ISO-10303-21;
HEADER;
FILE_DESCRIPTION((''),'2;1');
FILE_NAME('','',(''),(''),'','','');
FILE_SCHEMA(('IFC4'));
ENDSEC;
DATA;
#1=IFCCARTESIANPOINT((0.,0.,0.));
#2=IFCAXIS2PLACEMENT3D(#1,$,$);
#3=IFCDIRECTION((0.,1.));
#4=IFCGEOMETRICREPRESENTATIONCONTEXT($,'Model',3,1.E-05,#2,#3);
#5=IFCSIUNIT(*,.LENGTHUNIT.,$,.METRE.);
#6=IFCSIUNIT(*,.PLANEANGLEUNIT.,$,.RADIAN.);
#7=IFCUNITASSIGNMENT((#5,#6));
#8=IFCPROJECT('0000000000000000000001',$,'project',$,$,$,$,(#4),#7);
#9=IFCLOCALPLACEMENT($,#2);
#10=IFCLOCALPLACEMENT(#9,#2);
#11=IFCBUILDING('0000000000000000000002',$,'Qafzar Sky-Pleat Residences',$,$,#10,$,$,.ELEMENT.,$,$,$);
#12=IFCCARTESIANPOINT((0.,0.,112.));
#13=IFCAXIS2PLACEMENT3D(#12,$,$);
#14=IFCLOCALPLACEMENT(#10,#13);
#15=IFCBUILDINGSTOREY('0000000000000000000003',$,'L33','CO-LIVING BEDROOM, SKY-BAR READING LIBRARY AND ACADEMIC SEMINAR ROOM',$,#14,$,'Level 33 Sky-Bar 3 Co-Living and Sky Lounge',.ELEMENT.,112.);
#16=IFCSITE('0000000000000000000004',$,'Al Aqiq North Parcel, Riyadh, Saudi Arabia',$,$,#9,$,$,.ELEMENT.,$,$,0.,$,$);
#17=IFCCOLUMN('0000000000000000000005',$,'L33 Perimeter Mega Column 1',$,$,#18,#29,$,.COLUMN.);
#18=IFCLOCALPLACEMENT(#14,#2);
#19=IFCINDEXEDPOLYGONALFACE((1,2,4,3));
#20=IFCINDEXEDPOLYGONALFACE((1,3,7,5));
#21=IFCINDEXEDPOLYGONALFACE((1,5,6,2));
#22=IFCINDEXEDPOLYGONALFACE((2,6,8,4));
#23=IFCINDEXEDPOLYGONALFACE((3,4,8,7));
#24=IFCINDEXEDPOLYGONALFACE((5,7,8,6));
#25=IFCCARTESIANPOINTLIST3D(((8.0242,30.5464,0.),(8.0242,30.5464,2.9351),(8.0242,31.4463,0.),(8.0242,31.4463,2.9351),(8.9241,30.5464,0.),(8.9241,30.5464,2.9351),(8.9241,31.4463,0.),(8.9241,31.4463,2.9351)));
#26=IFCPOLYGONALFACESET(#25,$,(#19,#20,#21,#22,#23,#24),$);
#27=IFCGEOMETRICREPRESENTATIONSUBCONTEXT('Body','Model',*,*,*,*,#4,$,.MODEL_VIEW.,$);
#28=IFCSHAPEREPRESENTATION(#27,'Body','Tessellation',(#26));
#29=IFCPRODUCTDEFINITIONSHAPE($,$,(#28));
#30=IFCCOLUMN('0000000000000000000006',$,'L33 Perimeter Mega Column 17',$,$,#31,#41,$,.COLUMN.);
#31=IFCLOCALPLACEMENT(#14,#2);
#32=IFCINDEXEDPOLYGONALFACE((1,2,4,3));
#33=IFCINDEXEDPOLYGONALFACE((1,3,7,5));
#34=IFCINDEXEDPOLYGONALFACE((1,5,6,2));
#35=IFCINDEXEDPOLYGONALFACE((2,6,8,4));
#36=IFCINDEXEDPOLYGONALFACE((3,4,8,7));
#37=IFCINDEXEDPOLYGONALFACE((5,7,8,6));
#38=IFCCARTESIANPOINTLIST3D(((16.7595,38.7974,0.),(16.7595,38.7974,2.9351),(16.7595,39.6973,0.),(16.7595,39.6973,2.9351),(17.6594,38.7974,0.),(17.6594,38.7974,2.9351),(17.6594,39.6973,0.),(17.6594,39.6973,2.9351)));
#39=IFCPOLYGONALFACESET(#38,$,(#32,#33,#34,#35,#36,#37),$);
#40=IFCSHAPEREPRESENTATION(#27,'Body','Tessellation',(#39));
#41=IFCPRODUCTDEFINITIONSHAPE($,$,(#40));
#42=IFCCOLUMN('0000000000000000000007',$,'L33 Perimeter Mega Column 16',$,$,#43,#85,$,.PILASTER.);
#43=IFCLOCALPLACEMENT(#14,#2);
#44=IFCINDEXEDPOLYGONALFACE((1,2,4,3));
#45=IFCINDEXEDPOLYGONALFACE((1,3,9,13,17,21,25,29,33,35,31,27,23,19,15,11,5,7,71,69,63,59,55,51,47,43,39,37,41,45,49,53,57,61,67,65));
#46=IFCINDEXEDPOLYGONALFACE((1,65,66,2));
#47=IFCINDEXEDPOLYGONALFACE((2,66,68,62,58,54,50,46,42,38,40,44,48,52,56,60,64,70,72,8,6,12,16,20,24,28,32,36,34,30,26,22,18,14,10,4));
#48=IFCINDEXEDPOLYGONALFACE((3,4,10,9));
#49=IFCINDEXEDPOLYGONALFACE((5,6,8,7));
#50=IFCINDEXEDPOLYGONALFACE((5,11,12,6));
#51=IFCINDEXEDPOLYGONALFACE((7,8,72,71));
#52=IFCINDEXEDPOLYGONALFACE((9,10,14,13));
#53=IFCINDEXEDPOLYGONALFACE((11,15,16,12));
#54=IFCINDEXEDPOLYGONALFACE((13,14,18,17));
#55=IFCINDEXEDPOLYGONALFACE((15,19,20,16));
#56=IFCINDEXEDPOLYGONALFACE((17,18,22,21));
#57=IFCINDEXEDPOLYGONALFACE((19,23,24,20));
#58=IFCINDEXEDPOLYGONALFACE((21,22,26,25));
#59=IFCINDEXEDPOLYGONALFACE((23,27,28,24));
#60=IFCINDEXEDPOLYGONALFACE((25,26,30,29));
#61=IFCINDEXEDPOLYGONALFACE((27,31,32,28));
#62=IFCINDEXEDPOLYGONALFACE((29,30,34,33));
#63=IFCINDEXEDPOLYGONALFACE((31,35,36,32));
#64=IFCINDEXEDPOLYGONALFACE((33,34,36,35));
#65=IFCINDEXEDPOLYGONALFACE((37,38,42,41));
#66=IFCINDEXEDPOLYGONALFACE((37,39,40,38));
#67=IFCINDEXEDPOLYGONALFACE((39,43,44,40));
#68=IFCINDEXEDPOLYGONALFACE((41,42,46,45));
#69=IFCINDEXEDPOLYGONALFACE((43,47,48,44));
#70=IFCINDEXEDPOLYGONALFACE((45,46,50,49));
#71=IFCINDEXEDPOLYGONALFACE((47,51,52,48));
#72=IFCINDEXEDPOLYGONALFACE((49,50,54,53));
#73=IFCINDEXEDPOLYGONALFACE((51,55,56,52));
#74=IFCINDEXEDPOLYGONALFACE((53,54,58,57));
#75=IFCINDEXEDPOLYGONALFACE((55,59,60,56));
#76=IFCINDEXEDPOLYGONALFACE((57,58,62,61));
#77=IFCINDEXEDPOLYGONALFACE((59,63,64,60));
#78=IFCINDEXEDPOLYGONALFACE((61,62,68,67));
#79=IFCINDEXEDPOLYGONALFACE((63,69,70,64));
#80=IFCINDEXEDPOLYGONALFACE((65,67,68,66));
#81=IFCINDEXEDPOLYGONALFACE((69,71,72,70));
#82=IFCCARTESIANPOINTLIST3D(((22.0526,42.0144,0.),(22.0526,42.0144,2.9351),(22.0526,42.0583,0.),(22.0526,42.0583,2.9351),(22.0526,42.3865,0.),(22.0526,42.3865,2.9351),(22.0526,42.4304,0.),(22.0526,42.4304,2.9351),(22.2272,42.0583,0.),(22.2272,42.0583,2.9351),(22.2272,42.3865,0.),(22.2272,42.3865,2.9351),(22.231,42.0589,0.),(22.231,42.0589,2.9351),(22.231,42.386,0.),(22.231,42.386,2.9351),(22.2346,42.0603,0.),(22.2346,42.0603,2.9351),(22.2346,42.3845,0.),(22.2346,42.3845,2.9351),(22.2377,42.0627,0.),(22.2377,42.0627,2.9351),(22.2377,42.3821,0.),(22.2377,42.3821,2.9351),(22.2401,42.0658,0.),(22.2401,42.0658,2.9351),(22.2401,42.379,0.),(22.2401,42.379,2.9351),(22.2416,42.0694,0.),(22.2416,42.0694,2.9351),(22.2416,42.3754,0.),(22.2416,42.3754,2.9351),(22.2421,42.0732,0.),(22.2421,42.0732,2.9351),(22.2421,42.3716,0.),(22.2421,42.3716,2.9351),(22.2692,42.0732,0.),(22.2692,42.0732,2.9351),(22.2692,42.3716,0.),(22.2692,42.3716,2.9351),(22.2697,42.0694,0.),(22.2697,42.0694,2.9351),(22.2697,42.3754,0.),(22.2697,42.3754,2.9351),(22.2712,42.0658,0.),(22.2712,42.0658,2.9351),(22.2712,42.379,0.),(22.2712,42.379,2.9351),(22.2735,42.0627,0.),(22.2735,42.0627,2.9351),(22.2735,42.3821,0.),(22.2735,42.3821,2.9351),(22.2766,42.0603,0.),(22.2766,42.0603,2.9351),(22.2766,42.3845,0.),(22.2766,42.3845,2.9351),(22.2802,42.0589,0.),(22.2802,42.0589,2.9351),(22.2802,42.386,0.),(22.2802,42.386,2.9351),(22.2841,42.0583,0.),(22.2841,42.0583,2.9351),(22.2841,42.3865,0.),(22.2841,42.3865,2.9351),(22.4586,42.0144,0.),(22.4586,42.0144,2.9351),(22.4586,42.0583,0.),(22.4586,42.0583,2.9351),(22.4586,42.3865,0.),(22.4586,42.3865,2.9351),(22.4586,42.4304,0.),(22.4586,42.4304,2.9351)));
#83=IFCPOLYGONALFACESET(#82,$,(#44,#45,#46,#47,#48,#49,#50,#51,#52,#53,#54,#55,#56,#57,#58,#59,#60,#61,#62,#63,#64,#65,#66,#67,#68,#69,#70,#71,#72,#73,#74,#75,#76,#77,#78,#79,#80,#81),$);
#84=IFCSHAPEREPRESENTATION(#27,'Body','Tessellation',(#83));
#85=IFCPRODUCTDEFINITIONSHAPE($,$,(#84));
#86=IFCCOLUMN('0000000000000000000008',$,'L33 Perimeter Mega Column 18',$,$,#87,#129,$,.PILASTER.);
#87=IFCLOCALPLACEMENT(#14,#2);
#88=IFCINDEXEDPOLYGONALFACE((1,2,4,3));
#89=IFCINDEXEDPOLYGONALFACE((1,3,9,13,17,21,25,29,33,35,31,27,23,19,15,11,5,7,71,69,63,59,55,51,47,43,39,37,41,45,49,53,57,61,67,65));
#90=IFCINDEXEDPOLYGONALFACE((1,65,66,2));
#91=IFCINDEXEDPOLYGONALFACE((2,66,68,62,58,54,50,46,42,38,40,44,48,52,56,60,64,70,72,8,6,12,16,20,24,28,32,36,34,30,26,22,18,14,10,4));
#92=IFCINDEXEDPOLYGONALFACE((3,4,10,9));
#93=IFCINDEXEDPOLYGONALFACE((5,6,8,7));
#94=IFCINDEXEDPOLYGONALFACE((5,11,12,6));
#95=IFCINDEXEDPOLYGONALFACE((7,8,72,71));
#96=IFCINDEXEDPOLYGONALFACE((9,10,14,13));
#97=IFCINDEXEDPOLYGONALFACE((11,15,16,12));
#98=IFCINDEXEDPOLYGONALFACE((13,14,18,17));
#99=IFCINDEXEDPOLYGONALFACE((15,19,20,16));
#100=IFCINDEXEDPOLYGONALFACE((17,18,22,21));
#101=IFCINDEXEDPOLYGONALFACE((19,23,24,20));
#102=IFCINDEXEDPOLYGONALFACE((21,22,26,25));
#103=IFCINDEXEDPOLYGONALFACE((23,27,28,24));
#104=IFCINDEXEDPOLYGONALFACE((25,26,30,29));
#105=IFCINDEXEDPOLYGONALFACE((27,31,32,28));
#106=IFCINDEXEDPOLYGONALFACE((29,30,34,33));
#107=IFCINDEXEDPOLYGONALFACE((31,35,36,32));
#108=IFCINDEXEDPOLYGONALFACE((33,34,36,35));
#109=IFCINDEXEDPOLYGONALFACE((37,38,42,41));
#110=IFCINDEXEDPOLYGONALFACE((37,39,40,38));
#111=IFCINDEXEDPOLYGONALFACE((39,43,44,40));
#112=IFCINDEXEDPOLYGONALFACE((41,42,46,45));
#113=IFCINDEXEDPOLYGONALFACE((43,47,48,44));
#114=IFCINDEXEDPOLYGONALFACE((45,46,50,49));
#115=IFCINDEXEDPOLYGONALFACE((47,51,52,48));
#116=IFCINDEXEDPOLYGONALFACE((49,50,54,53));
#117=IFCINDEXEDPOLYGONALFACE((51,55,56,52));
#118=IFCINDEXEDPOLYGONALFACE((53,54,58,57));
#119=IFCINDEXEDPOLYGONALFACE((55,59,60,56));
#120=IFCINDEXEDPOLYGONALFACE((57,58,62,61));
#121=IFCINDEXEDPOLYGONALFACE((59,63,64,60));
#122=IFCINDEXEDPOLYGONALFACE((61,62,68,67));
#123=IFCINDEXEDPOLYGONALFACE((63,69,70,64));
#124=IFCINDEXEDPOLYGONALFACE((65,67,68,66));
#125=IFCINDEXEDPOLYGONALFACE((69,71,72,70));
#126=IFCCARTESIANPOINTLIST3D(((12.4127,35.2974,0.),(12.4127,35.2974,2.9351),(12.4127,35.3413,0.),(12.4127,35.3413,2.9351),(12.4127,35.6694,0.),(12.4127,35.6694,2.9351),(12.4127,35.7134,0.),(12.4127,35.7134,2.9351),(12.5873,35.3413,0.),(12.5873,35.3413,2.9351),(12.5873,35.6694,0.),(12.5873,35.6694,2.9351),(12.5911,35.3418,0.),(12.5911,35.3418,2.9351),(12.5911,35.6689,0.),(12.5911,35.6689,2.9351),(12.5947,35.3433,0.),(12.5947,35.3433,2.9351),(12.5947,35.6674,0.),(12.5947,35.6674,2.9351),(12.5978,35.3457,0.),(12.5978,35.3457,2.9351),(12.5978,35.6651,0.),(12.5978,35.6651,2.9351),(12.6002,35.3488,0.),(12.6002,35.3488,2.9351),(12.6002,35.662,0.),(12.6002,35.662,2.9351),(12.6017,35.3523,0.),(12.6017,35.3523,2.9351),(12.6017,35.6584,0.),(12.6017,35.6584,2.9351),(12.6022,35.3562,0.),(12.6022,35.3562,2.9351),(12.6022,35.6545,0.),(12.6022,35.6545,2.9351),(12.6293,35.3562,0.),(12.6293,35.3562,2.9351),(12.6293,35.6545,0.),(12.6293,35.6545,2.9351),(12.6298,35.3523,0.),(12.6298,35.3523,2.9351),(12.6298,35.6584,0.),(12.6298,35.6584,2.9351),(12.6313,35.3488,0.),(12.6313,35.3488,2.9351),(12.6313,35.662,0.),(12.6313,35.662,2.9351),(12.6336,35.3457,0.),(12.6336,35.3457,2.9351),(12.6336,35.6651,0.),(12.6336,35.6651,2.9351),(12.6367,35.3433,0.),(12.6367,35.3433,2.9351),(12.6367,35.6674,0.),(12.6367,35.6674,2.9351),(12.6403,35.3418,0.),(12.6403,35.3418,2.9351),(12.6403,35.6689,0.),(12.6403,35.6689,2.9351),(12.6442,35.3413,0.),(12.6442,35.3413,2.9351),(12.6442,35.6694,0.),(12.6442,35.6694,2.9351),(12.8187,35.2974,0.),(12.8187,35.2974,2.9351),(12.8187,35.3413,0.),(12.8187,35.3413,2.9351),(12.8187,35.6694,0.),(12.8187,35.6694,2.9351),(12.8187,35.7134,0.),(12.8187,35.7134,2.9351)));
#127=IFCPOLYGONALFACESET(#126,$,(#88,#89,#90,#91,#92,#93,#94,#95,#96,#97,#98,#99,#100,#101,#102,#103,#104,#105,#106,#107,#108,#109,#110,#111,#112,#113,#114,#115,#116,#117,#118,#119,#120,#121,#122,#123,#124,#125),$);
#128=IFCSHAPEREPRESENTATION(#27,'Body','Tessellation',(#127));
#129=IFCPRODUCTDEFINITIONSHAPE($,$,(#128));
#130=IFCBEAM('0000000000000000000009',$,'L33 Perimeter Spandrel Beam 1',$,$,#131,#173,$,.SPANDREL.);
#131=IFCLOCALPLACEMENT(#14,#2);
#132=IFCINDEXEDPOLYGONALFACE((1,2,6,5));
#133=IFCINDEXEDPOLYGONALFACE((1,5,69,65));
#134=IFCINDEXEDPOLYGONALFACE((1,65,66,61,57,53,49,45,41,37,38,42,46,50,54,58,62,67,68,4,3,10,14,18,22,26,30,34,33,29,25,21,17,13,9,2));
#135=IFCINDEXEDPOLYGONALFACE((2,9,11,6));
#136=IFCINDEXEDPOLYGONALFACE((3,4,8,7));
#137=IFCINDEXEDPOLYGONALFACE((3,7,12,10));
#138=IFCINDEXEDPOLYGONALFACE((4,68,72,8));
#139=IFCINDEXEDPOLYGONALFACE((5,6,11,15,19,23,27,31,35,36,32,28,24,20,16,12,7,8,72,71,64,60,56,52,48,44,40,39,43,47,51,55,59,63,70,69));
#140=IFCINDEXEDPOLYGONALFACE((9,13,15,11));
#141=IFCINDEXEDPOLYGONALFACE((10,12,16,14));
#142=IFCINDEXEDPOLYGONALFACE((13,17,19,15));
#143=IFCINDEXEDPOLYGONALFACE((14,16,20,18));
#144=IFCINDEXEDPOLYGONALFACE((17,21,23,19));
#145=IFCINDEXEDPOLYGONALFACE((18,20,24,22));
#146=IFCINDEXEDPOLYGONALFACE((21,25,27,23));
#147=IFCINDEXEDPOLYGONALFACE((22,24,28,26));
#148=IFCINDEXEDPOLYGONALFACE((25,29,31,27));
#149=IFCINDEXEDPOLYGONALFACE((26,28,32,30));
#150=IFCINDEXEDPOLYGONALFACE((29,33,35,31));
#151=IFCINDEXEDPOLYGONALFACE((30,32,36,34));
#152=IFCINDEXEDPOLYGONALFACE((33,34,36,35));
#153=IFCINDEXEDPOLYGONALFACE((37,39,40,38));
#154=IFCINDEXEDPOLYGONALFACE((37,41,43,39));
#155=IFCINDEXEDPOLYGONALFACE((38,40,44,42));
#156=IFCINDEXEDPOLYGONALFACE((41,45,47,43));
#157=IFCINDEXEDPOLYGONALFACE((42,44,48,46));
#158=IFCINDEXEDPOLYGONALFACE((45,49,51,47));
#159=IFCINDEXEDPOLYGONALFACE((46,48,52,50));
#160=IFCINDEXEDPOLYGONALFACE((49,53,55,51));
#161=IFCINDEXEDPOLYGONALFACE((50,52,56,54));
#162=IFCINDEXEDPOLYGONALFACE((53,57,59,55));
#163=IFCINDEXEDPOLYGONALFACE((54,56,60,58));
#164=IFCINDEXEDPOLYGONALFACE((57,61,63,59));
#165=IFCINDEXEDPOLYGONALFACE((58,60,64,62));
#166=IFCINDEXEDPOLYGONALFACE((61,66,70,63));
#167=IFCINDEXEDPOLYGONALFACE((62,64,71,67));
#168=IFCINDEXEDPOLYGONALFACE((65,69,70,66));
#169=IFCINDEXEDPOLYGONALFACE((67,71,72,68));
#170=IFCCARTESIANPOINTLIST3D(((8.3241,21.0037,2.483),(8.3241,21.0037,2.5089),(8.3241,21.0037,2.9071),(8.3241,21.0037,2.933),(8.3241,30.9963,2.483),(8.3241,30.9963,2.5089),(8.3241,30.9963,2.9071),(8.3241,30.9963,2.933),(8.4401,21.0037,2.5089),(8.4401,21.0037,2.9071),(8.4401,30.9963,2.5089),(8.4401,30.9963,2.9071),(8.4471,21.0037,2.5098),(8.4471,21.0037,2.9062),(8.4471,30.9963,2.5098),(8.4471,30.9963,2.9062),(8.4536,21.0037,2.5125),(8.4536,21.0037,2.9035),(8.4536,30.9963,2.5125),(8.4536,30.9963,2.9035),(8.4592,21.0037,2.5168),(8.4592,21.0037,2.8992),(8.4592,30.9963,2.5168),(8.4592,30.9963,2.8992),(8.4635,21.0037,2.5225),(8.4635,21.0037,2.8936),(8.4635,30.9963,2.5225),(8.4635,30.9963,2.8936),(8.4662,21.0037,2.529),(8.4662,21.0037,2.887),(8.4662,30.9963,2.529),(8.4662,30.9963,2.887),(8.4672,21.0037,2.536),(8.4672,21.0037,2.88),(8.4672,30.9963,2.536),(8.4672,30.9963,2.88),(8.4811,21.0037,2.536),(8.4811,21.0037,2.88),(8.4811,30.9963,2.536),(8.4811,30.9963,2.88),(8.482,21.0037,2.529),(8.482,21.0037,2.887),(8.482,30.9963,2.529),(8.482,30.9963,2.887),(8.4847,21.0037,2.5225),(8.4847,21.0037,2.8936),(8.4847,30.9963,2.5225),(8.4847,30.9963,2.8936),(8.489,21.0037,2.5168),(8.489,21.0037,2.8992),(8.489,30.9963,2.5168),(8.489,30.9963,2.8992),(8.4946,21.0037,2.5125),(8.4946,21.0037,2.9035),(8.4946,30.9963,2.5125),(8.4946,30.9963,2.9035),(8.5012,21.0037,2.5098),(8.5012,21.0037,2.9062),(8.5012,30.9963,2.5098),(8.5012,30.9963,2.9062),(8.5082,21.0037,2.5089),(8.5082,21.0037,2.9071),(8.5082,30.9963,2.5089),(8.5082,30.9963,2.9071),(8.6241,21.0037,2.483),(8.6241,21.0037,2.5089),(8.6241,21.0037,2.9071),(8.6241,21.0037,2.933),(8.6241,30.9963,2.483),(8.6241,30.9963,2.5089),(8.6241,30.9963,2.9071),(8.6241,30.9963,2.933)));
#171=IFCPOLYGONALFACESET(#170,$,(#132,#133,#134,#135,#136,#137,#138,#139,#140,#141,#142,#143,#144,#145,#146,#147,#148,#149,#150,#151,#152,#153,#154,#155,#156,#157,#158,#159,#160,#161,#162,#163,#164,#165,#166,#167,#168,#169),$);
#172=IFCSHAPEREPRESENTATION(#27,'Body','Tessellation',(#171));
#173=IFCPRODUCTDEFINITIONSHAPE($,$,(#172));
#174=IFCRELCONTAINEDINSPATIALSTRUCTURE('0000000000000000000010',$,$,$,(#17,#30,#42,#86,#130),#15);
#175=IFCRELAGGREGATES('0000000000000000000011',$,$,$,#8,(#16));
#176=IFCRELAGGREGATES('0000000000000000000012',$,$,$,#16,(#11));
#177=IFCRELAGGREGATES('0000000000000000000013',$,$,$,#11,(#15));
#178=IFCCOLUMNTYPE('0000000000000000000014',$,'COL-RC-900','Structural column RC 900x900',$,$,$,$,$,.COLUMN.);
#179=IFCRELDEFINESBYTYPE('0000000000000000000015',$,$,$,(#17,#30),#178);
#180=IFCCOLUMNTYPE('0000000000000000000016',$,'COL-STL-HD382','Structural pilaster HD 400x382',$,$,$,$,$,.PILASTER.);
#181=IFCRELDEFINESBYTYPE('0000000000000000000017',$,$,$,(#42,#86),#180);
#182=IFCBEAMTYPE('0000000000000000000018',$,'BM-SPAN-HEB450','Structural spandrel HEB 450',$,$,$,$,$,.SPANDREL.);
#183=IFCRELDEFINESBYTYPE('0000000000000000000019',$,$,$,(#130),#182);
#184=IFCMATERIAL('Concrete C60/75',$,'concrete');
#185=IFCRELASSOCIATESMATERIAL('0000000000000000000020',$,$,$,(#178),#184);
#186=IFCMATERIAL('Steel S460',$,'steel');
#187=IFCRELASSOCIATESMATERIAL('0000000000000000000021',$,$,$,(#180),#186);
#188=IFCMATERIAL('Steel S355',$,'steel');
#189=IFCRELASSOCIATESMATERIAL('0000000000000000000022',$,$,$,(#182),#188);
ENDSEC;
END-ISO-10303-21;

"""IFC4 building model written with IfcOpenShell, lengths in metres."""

from ifc_helpers import new_model, si_unit, direction, frame, origin, origin_2d, place, context, subcontext, project, spatial, rectangle, i_section, extrude, source, transform, mapped, material, material_profile, profile_set, type_object, element, save


model = new_model("IFC4")

# Units and contexts
model_context = context("Model", 3, precision=1e-05, world=origin(), true_north=direction((0.0, 1.0)))
body_context = subcontext(model_context, "Body", "Model", "MODEL_VIEW")
ifc_project = project(units=[si_unit("LENGTHUNIT", "METRE"), si_unit("PLANEANGLEUNIT", "RADIAN")], contexts=[model_context])

# Site, building, storey
site_placement = place(None, origin())
site = spatial("IfcSite", under=ifc_project, at=site_placement, Name="Al Aqiq North Parcel, Riyadh, Saudi Arabia", CompositionType="ELEMENT", RefElevation=0.0)
building_placement = place(site_placement, origin())
building = spatial("IfcBuilding", under=site, at=building_placement, Name="Qafzar Sky-Pleat Residences", CompositionType="ELEMENT")
storey_placement = place(building_placement, frame((0.0, 0.0, 112.0)))
storey = spatial("IfcBuildingStorey", under=building, at=storey_placement, Name="L33", Description="CO-LIVING BEDROOM, SKY-BAR READING LIBRARY AND ACADEMIC SEMINAR ROOM", LongName="Level 33 Sky-Bar 3 Co-Living and Sky Lounge", CompositionType="ELEMENT", Elevation=112.0)

# Columns
ifc_material_1 = material(Name="Concrete C60/75", Category="concrete")
ifc_material_profile_1 = material_profile(ifc_material_1, rectangle(XDim=0.8999, YDim=0.8999, at=origin_2d()), Name="RC 900x900")
ifc_profile_set_1 = profile_set([ifc_material_profile_1], Name="Concrete C60/75")
column_type_1 = type_object("IfcColumnType", Name="COL-RC-900", Description="Structural column RC 900x900", PredefinedType="COLUMN", material=ifc_profile_set_1)
shared_shape_1 = source(origin(), body_context, "Body", "SweptSolid", [
    extrude(rectangle(XDim=0.8999, YDim=0.8999, at=origin_2d()), origin(), (0.0, 0.0, 1.0), 2.9351),
])
for number, where, z_axis, x_axis, name in (
    (1, (8.4741, 30.9963, 0.0), (0.0, 0.0, 1.0), (1.0, 0.0, 0.0), "L33 Perimeter Mega Column 1"),
    (2, (17.2095, 39.2473, 0.0), (0.0, 0.0, 1.0), (1.0, 0.0, 0.0), "L33 Perimeter Mega Column 17"),
):
    element("IfcColumn", number, at=place(storey_placement, frame(where, z_axis=z_axis, x_axis=x_axis)), inside=storey, type_object=column_type_1, Name=name, PredefinedType="COLUMN", context=body_context, shape_type="MappedRepresentation", body=[
        mapped(shared_shape_1, transform((0.0, 0.0, 0.0), x_axis=(1.0, 0.0, 0.0), y_axis=(0.0, 1.0, 0.0), z_axis=(0.0, 0.0, 1.0), scale=1.0)),
    ])
ifc_material_2 = material(Name="Steel S460", Category="steel")
ifc_material_profile_2 = material_profile(ifc_material_2, i_section(OverallWidth=0.406, OverallDepth=0.416, WebThickness=0.0271, FlangeThickness=0.0439, FilletRadius=0.0149, at=origin_2d()), Name="HD 400x382")
ifc_profile_set_2 = profile_set([ifc_material_profile_2], Name="Steel S460")
column_type_2 = type_object("IfcColumnType", Name="COL-STL-HD382", Description="Structural pilaster HD 400x382", PredefinedType="PILASTER", material=ifc_profile_set_2)
shared_shape_2 = source(origin(), body_context, "Body", "SweptSolid", [
    extrude(i_section(OverallWidth=0.406, OverallDepth=0.416, WebThickness=0.0271, FlangeThickness=0.0439, FilletRadius=0.0149, at=origin_2d()), origin(), (0.0, 0.0, 1.0), 2.9351),
])
for number, where, z_axis, x_axis, name in (
    (3, (22.2556, 42.2224, 0.0), (0.0, 0.0, 1.0), (1.0, 0.0, 0.0), "L33 Perimeter Mega Column 16"),
    (4, (12.6157, 35.5054, 0.0), (0.0, 0.0, 1.0), (1.0, 0.0, 0.0), "L33 Perimeter Mega Column 18"),
):
    element("IfcColumn", number, at=place(storey_placement, frame(where, z_axis=z_axis, x_axis=x_axis)), inside=storey, type_object=column_type_2, Name=name, PredefinedType="PILASTER", context=body_context, shape_type="MappedRepresentation", body=[
        mapped(shared_shape_2, transform((0.0, 0.0, 0.0), x_axis=(1.0, 0.0, 0.0), y_axis=(0.0, 1.0, 0.0), z_axis=(0.0, 0.0, 1.0), scale=1.0)),
    ])

# Beam
ifc_material_3 = material(Name="Steel S355", Category="steel")
ifc_material_profile_3 = material_profile(ifc_material_3, i_section(OverallWidth=0.3, OverallDepth=0.45, WebThickness=0.0139, FlangeThickness=0.0259, FilletRadius=0.0271, at=origin_2d()), Name="HEB 450")
ifc_profile_set_3 = profile_set([ifc_material_profile_3], Name="Steel S355")
beam_type_1 = type_object("IfcBeamType", Name="BM-SPAN-HEB450", Description="Structural spandrel HEB 450", PredefinedType="SPANDREL", material=ifc_profile_set_3)
shared_shape_3 = source(origin(), body_context, "Body", "SweptSolid", [
    extrude(i_section(OverallWidth=0.3, OverallDepth=0.45, WebThickness=0.0139, FlangeThickness=0.0259, FilletRadius=0.0271, at=origin_2d()), origin(), (0.0, 0.0, 1.0), 9.9927),
])
beam_1_placement = place(storey_placement, frame((8.4741, 30.9963, 2.708), z_axis=(0.0, -1.0, 0.0), x_axis=(1.0, 0.0, 0.0)))
element("IfcBeam", 5, at=beam_1_placement, inside=storey, type_object=beam_type_1, Name="L33 Perimeter Spandrel Beam 1", PredefinedType="SPANDREL", context=body_context, shape_type="MappedRepresentation", body=[
    mapped(shared_shape_3, transform((0.0, 0.0, 0.0), x_axis=(1.0, 0.0, 0.0), y_axis=(0.0, 1.0, 0.0), z_axis=(0.0, 0.0, 1.0), scale=1.0)),
])

save(model, "model.ifc")
